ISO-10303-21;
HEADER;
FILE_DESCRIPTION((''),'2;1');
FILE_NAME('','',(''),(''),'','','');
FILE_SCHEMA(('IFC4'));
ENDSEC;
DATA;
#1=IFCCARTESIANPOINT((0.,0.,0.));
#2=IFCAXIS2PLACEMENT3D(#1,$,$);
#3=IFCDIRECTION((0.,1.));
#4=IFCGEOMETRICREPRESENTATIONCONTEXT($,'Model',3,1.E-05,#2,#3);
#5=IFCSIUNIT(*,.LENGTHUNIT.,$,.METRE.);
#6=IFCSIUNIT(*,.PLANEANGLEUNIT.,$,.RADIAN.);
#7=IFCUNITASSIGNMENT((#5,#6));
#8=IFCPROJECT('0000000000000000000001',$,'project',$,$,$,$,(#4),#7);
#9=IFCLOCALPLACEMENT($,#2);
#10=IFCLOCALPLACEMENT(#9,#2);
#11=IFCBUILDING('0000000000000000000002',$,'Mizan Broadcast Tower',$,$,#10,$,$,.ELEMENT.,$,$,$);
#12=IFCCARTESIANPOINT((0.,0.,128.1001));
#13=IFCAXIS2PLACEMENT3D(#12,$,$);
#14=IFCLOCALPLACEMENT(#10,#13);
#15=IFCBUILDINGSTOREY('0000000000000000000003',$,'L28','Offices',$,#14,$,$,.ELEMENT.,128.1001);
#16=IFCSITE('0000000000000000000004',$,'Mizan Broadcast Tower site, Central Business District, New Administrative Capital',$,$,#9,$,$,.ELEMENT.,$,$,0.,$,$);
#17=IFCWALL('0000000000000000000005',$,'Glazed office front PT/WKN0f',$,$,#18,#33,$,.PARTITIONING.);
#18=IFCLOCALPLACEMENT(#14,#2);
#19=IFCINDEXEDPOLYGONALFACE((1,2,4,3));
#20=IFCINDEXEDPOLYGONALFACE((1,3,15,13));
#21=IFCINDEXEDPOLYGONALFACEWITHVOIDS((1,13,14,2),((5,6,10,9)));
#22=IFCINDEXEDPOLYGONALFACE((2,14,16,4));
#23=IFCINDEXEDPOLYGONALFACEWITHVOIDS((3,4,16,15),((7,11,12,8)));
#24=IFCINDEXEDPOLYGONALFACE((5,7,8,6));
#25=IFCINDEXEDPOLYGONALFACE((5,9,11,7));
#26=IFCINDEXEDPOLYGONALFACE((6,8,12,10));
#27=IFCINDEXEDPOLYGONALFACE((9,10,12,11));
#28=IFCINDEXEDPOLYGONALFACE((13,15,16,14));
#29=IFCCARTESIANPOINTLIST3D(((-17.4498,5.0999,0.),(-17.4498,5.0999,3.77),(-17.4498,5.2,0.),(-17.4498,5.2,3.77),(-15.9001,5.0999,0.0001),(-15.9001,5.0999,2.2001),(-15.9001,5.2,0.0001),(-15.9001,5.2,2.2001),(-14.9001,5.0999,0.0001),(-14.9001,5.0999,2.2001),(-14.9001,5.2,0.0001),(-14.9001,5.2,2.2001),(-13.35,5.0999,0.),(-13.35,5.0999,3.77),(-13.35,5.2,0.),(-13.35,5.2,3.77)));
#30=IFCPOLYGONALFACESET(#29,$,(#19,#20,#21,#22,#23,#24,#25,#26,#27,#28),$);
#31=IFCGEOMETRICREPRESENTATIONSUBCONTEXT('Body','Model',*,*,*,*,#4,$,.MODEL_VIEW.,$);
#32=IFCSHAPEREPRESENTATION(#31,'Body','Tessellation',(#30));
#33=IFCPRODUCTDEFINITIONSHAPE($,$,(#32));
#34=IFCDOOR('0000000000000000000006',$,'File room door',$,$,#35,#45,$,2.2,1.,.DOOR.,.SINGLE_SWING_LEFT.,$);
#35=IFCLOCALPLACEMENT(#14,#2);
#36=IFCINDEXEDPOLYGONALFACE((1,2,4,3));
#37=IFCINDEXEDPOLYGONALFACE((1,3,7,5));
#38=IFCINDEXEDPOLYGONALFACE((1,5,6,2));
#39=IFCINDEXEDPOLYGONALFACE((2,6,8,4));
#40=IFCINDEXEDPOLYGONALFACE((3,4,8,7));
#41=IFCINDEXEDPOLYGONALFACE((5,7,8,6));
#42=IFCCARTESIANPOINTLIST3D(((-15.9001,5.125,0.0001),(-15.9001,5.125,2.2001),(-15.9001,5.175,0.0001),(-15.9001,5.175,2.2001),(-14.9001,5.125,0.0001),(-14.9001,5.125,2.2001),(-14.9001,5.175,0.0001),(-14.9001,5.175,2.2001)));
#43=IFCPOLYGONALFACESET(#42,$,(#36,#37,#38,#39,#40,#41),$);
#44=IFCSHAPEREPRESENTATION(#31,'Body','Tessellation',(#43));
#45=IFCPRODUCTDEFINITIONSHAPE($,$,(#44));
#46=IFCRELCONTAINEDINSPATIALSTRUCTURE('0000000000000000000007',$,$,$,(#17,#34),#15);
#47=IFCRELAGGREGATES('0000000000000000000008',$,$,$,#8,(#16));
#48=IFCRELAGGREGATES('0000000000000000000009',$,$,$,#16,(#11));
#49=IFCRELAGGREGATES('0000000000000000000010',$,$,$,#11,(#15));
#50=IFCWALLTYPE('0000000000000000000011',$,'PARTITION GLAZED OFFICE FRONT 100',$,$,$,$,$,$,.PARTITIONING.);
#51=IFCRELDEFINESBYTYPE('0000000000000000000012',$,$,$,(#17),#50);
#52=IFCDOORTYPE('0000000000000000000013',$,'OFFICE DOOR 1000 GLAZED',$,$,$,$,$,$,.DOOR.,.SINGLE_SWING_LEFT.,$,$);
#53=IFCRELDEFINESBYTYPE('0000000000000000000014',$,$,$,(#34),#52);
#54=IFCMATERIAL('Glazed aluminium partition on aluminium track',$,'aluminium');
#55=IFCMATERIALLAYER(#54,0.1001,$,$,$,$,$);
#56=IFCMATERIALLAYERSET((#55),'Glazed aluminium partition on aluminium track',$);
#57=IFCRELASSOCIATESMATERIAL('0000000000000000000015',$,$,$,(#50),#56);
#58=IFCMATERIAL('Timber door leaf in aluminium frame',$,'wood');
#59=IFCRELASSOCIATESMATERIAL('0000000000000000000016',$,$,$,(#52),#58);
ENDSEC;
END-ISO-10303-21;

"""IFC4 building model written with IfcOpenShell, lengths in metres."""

from ifc_helpers import new_model, si_unit, direction, frame, frame_2d, origin, place, context, subcontext, project, spatial, rectangle, extrude, material, layer, layer_set, type_object, element, fill, save


model = new_model("IFC4")

# Units and contexts
model_context = context("Model", 3, precision=1e-05, world=origin(), true_north=direction((0.0, 1.0)))
body_context = subcontext(model_context, "Body", "Model", "MODEL_VIEW")
ifc_project = project(units=[si_unit("LENGTHUNIT", "METRE"), si_unit("PLANEANGLEUNIT", "RADIAN")], contexts=[model_context])

# Site, building, storey
site_placement = place(None, origin())
site = spatial("IfcSite", under=ifc_project, at=site_placement, Name="Mizan Broadcast Tower site, Central Business District, New Administrative Capital", CompositionType="ELEMENT", RefElevation=0.0)
building_placement = place(site_placement, origin())
building = spatial("IfcBuilding", under=site, at=building_placement, Name="Mizan Broadcast Tower", CompositionType="ELEMENT")
storey_placement = place(building_placement, frame((0.0, 0.0, 128.1001)))
storey = spatial("IfcBuildingStorey", under=building, at=storey_placement, Name="L28", Description="Offices", CompositionType="ELEMENT", Elevation=128.1001)

# Shared definitions
ifc_material_1 = material(Name="Glazed aluminium partition on aluminium track", Category="aluminium")
ifc_layer_1 = layer(ifc_material_1, 0.1001)
ifc_layer_set_1 = layer_set([ifc_layer_1], Name="Glazed aluminium partition on aluminium track")
wall_type = type_object("IfcWallType", Name="PARTITION GLAZED OFFICE FRONT 100", PredefinedType="PARTITIONING", material=ifc_layer_set_1)

# Wall, opening, door
wall_placement = place(storey_placement, frame((-13.3501, 5.1499, 0.0), z_axis=(0.0, 0.0, 1.0), x_axis=(-1.0, 0.0, 0.0)))
wall = element("IfcWall", 1, at=wall_placement, inside=storey, type_object=wall_type, Name="Glazed office front PT/WKN0f", PredefinedType="PARTITIONING", context=body_context, shape_type="SweptSolid", body=[
    extrude(rectangle(XDim=4.0999, YDim=0.1001, at=frame_2d((2.0498, 0.0))), origin(), (0.0, 0.0, 1.0), 3.77),
])
opening_placement = place(wall_placement, frame((1.55, 0.0, 0.0)))
opening = element("IfcOpeningElement", 2, at=opening_placement, cuts=wall, PredefinedType="OPENING", context=body_context, shape_type="SweptSolid", body=[
    extrude(rectangle(XDim=1.0, YDim=2.2, at=frame_2d((0.5, 1.1001))), frame((0.0, 0.0601, 0.0), z_axis=(0.0, -1.0, 0.0), x_axis=(1.0, 0.0, 0.0)), (0.0, 0.0, 1.0), 0.1201),
])
ifc_material_2 = material(Name="Timber door leaf in aluminium frame", Category="wood")
door_type = type_object("IfcDoorType", Name="OFFICE DOOR 1000 GLAZED", OperationType="SINGLE_SWING_LEFT", PredefinedType="DOOR", material=ifc_material_2)
door_placement = place(opening_placement, origin())
door = element("IfcDoor", 3, at=door_placement, inside=storey, type_object=door_type, Name="File room door", OperationType="SINGLE_SWING_LEFT", OverallHeight=2.2, OverallWidth=1.0, PredefinedType="DOOR", context=body_context, shape_type="SweptSolid", body=[
    extrude(rectangle(XDim=1.0, YDim=2.2, at=frame_2d((0.5, 1.1001))), frame((0.0, 0.0249, 0.0), z_axis=(0.0, -1.0, 0.0), x_axis=(1.0, 0.0, 0.0)), (0.0, 0.0, 1.0), 0.05),
])
fill(opening, door)

save(model, "model.ifc")
